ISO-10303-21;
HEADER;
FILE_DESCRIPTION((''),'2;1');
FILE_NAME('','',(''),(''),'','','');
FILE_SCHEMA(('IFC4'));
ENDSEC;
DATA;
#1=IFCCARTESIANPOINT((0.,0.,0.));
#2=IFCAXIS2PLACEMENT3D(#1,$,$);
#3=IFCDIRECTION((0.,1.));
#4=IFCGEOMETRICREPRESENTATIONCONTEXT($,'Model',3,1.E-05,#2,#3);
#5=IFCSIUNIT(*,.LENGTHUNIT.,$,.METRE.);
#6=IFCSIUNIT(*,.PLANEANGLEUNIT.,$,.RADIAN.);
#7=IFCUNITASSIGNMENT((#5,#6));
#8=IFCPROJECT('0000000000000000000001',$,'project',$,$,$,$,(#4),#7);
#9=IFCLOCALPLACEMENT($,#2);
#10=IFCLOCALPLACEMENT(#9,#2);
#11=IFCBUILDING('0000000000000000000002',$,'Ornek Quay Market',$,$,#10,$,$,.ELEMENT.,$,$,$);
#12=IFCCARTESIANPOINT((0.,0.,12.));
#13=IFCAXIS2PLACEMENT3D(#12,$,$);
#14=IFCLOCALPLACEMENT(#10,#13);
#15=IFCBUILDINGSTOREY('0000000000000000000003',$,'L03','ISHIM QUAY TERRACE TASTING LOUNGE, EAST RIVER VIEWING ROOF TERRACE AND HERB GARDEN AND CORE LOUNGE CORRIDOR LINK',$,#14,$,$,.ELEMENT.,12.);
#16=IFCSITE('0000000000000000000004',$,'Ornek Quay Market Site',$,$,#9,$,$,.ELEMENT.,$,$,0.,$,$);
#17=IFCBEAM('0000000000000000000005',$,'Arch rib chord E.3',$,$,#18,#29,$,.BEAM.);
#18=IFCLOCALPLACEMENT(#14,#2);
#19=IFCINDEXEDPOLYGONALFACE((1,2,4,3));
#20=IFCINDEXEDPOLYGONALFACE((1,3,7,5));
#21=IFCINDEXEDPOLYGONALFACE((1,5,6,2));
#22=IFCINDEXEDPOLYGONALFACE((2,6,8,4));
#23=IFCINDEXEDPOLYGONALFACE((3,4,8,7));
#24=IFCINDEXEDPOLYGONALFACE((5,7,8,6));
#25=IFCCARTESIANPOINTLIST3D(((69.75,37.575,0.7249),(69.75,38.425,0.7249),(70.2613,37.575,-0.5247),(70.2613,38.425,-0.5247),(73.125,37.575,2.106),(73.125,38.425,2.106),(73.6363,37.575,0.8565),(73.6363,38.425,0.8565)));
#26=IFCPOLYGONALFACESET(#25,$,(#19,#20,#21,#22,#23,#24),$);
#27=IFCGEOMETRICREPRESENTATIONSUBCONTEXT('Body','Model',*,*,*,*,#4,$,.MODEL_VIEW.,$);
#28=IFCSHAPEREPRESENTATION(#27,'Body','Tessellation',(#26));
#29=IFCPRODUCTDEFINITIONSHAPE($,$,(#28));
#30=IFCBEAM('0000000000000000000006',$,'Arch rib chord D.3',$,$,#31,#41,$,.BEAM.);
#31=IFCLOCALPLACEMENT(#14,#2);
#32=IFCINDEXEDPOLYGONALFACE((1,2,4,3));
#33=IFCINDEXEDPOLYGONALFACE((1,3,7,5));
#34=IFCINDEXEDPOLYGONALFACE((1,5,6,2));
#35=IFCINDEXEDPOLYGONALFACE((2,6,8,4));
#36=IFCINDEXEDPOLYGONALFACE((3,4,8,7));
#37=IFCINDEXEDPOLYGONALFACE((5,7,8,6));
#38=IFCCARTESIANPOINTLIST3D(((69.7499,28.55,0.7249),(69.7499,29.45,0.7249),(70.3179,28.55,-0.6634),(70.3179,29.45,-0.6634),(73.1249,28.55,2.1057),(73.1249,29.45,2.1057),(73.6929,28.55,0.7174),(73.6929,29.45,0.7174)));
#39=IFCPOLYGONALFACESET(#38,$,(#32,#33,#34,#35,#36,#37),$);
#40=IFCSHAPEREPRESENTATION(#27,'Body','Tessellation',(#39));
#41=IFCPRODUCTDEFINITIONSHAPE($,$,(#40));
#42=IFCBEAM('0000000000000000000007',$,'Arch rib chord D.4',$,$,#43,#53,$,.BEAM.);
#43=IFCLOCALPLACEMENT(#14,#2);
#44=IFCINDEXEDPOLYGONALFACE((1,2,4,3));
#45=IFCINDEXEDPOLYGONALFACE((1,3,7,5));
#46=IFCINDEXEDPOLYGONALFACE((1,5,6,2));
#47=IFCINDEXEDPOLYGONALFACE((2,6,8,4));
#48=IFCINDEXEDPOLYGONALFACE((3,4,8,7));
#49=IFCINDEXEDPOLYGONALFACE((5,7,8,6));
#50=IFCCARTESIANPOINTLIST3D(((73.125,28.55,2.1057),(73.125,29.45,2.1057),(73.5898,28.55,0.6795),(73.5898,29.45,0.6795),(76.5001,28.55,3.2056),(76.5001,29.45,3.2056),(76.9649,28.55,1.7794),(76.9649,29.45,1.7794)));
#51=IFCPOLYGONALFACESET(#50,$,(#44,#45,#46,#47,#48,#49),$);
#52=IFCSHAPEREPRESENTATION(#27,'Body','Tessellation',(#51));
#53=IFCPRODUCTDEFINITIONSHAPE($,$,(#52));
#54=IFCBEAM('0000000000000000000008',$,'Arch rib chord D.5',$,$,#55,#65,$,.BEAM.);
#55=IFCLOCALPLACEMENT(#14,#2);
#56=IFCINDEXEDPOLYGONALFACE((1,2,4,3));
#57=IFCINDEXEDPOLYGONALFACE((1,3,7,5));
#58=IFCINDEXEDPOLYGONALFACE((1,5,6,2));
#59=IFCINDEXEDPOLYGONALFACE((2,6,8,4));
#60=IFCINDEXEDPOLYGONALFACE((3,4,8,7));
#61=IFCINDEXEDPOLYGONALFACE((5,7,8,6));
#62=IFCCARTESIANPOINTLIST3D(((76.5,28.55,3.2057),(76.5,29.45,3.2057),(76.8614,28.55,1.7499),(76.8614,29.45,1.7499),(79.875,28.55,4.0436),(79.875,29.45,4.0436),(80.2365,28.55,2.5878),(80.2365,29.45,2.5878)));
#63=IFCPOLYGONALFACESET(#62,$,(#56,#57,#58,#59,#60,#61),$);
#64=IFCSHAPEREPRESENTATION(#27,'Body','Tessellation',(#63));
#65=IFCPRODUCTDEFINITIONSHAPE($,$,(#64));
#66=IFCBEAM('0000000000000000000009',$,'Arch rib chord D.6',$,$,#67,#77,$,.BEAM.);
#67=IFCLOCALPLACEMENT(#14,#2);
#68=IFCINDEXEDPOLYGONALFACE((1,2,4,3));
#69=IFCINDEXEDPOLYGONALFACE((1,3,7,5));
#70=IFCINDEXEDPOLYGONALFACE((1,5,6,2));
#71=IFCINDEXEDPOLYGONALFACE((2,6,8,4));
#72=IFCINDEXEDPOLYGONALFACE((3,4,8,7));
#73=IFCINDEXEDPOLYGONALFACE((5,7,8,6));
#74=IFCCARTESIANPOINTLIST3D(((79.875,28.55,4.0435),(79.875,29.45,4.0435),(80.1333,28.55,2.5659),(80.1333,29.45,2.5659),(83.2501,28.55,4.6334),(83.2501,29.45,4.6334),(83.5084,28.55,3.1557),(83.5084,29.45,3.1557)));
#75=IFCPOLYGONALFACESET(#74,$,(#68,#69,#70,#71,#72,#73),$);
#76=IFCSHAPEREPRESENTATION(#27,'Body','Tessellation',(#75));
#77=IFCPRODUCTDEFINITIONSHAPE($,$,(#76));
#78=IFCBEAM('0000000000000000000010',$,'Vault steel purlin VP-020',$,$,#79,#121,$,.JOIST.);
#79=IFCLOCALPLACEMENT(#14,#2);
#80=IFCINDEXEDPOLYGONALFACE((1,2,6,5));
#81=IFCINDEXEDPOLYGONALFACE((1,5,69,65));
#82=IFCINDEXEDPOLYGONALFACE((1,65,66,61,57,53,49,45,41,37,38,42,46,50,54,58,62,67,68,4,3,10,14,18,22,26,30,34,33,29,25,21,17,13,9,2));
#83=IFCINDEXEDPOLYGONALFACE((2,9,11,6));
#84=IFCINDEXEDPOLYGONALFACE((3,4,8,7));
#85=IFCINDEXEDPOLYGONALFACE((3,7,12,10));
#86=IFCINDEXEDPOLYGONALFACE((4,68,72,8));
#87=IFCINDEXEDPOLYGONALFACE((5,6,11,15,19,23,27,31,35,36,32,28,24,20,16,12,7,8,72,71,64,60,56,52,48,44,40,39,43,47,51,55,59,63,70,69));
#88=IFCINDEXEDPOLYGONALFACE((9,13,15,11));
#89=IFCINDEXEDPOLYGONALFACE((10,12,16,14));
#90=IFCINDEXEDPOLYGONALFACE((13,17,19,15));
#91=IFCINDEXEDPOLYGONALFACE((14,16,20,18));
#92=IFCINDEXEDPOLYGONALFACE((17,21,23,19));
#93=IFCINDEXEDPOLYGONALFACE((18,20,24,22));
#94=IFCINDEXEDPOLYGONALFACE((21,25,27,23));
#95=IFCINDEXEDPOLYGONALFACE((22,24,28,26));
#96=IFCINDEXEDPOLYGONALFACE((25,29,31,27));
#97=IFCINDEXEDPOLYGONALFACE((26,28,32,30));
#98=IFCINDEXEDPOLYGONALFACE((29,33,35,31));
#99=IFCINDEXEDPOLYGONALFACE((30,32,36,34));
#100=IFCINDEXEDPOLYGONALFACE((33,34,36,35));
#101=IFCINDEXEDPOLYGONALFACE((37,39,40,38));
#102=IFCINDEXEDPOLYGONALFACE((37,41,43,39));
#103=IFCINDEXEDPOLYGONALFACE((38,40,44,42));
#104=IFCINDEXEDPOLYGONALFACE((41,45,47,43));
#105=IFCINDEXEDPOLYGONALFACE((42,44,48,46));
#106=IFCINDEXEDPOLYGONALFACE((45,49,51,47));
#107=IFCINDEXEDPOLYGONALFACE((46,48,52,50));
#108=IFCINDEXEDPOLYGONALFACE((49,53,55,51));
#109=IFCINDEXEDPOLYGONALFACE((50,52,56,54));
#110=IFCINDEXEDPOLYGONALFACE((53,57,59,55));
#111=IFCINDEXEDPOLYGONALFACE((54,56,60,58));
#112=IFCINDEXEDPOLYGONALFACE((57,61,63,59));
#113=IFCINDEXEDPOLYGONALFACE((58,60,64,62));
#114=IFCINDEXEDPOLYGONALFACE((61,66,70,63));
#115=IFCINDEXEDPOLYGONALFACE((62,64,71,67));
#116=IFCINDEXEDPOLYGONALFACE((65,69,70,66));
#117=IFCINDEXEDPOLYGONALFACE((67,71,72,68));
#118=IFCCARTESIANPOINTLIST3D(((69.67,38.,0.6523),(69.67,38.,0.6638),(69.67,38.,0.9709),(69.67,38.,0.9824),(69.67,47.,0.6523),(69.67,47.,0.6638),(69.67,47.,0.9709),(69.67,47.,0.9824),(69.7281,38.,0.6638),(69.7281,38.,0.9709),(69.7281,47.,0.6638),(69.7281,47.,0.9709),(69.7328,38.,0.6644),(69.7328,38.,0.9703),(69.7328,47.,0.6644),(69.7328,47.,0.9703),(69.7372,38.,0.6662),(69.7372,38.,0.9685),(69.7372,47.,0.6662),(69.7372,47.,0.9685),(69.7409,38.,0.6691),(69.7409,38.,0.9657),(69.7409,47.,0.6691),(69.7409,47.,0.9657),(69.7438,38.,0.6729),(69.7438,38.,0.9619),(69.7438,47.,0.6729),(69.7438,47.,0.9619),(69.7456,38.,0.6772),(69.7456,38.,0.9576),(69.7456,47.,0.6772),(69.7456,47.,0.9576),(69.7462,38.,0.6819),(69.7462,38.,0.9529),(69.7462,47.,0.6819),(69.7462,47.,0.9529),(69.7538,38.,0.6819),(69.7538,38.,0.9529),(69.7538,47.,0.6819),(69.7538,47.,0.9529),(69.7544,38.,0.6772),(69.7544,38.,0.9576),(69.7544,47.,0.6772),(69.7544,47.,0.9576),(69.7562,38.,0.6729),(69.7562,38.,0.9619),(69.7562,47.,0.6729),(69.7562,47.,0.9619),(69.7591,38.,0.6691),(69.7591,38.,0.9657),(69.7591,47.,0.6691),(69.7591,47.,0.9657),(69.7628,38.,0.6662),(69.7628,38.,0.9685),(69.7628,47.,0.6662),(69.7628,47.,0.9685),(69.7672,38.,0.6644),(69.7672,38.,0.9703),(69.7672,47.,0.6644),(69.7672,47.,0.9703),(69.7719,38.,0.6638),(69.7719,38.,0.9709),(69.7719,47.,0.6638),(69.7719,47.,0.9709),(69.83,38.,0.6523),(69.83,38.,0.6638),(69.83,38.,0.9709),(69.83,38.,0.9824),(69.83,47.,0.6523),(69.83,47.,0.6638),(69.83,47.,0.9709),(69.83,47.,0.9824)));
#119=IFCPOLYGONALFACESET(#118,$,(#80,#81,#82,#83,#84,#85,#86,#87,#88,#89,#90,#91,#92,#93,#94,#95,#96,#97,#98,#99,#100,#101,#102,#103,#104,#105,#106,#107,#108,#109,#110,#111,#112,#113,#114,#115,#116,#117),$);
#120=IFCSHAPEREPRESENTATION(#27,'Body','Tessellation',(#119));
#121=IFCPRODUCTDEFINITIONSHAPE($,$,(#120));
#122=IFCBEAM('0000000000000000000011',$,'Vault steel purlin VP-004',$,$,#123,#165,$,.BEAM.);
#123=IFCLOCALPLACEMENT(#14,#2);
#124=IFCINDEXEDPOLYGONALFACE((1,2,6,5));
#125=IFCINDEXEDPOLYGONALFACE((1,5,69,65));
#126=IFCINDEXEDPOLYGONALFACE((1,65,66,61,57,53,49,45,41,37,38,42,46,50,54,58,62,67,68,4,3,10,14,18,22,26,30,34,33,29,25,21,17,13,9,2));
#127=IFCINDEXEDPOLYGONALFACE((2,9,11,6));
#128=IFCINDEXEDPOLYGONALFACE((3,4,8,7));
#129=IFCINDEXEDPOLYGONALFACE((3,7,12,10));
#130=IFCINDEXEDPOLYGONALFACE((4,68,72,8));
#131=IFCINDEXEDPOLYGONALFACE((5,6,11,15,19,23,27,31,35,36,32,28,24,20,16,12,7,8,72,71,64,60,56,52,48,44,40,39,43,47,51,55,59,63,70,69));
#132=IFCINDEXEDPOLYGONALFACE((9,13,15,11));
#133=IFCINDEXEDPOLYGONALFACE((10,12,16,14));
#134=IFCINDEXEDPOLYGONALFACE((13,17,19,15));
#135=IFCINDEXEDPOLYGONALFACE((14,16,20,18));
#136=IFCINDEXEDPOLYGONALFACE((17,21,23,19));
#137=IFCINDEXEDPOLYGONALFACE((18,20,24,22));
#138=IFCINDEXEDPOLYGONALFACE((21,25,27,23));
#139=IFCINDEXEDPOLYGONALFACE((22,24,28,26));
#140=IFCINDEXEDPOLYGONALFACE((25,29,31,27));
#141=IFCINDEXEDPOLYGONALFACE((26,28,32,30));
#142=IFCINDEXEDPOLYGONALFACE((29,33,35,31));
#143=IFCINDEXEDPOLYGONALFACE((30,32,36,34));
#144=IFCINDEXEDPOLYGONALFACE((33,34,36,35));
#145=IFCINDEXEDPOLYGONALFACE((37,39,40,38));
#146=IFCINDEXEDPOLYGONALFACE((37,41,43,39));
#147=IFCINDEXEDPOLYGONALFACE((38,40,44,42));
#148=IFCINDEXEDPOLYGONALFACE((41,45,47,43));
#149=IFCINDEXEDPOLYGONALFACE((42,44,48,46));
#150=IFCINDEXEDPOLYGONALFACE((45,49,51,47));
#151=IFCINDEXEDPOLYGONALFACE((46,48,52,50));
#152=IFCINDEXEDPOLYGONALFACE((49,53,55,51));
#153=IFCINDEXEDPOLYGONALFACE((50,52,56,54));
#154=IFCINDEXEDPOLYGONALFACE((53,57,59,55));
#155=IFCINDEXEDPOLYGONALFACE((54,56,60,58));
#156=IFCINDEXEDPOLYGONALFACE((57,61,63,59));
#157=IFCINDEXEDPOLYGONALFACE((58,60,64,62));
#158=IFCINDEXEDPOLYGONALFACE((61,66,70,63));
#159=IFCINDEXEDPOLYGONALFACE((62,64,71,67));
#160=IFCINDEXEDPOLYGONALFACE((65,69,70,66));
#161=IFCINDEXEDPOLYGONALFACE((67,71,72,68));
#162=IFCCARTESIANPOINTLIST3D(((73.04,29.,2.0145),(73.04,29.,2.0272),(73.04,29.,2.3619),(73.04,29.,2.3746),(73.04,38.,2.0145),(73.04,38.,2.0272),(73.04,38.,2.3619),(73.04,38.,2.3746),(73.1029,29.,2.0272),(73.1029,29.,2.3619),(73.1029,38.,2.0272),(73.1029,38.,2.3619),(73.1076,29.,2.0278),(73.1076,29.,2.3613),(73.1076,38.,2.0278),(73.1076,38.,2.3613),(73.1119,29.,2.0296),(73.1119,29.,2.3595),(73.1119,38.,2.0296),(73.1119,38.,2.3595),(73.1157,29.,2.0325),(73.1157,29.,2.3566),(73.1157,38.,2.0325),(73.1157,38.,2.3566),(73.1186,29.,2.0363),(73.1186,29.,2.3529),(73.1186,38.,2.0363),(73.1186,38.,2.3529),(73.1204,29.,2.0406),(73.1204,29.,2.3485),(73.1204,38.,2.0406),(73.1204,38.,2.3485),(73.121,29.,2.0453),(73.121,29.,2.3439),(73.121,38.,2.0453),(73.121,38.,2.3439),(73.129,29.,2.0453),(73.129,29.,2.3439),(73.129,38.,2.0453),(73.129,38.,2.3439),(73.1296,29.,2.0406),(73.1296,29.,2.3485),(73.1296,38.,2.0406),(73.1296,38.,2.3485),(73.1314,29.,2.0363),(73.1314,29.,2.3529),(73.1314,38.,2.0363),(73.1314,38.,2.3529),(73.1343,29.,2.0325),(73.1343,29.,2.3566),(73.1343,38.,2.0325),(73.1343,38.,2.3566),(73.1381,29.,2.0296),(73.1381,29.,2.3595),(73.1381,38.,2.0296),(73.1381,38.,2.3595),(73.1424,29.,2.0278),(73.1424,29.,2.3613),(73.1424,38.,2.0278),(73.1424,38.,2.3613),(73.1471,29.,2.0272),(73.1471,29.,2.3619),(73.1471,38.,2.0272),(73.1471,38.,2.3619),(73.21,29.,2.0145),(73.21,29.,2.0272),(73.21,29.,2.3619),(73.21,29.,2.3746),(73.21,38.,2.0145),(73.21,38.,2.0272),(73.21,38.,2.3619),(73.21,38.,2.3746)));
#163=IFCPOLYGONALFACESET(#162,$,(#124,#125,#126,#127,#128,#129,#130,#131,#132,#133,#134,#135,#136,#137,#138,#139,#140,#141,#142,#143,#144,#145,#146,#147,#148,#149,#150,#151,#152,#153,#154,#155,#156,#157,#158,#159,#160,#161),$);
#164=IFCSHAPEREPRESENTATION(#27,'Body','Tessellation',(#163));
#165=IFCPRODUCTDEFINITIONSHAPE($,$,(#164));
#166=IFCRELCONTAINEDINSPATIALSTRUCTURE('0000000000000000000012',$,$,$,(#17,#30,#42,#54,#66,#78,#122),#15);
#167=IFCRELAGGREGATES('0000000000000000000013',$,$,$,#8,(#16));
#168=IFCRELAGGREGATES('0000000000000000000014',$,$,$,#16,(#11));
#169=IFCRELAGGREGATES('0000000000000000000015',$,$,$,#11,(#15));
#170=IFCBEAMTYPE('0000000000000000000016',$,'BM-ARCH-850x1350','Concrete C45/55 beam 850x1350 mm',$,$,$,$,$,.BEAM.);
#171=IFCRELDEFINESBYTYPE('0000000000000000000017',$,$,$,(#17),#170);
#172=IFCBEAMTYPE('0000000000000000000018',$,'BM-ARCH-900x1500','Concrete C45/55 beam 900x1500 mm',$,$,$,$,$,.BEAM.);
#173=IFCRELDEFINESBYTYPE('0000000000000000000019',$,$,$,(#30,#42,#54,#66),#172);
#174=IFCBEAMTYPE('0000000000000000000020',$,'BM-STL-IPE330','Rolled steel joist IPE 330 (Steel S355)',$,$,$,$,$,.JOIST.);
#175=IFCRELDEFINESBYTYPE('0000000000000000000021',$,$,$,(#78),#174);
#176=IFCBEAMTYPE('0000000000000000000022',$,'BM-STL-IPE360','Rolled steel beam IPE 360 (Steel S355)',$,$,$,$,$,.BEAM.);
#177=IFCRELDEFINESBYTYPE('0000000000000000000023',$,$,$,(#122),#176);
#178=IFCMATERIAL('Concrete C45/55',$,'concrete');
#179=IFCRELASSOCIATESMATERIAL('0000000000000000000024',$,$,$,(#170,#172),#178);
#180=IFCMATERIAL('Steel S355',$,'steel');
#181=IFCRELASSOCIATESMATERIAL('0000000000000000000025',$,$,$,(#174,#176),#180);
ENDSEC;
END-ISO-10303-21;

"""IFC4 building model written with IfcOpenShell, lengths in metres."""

from ifc_helpers import new_model, si_unit, direction, frame, origin, origin_2d, place, context, subcontext, project, spatial, rectangle, i_section, extrude, material, material_profile, profile_set, type_object, element, save


model = new_model("IFC4")

# Units and contexts
model_context = context("Model", 3, precision=1e-05, world=origin(), true_north=direction((0.0, 1.0)))
body_context = subcontext(model_context, "Body", "Model", "MODEL_VIEW")
ifc_project = project(units=[si_unit("LENGTHUNIT", "METRE"), si_unit("PLANEANGLEUNIT", "RADIAN")], contexts=[model_context])

# Site, building, storey
site_placement = place(None, origin())
site = spatial("IfcSite", under=ifc_project, at=site_placement, Name="Ornek Quay Market Site", CompositionType="ELEMENT", RefElevation=0.0)
building_placement = place(site_placement, origin())
building = spatial("IfcBuilding", under=site, at=building_placement, Name="Ornek Quay Market", CompositionType="ELEMENT")
storey_placement = place(building_placement, frame((0.0, 0.0, 12.0)))
storey = spatial("IfcBuildingStorey", under=building, at=storey_placement, Name="L03", Description="ISHIM QUAY TERRACE TASTING LOUNGE, EAST RIVER VIEWING ROOF TERRACE AND HERB GARDEN AND CORE LOUNGE CORRIDOR LINK", CompositionType="ELEMENT", Elevation=12.0)

# Beams
ifc_material_1 = material(Name="Concrete C45/55", Category="concrete")
ifc_material_profile_1 = material_profile(ifc_material_1, rectangle(XDim=0.8501, YDim=1.3501, at=origin_2d()), Name="RC 850x1350", Category="concrete")
ifc_profile_set_1 = profile_set([ifc_material_profile_1], Name="Concrete C45/55")
beam_type_1 = type_object("IfcBeamType", Name="BM-ARCH-850x1350", Description="Concrete C45/55 beam 850x1350 mm", PredefinedType="BEAM", material=ifc_profile_set_1)
beam_1_placement = place(storey_placement, frame((70.0056, 38.0, 0.1001), z_axis=(0.925506, 0.0, 0.378732), x_axis=(0.0, 1.0, 0.0)))
element("IfcBeam", 1, at=beam_1_placement, inside=storey, type_object=beam_type_1, Name="Arch rib chord E.3", PredefinedType="BEAM", context=body_context, shape_type="SweptSolid", body=[
    extrude(rectangle(XDim=0.8501, YDim=1.3501, at=origin_2d()), origin(), (0.0, 0.0, 1.0), 3.6467),
])
ifc_material_profile_2 = material_profile(ifc_material_1, rectangle(XDim=0.8999, YDim=1.5, at=origin_2d()), Name="RC 900x1500", Category="concrete")
ifc_profile_set_2 = profile_set([ifc_material_profile_2], Name="Concrete C45/55")
beam_type_2 = type_object("IfcBeamType", Name="BM-ARCH-900x1500", Description="Concrete C45/55 beam 900x1500 mm", PredefinedType="BEAM", material=ifc_profile_set_2)
beam_2_placement = place(storey_placement, frame((70.0339, 29.0, 0.0308), z_axis=(0.92553, 0.0, 0.378675), x_axis=(0.0, 1.0, 0.0)))
element("IfcBeam", 2, at=beam_2_placement, inside=storey, type_object=beam_type_2, Name="Arch rib chord D.3", PredefinedType="BEAM", context=body_context, shape_type="SweptSolid", body=[
    extrude(rectangle(XDim=0.8999, YDim=1.5, at=origin_2d()), origin(), (0.0, 0.0, 1.0), 3.6465),
])
beam_3_placement = place(storey_placement, frame((73.3574, 29.0, 1.3926), z_axis=(0.950787, 0.0, 0.309845), x_axis=(0.0, 1.0, 0.0)))
element("IfcBeam", 3, at=beam_3_placement, inside=storey, type_object=beam_type_2, Name="Arch rib chord D.4", PredefinedType="BEAM", context=body_context, shape_type="SweptSolid", body=[
    extrude(rectangle(XDim=0.8999, YDim=1.5, at=origin_2d()), origin(), (0.0, 0.0, 1.0), 3.5498),
])
beam_4_placement = place(storey_placement, frame((76.6807, 29.0, 2.4778), z_axis=(0.970538, 0.0, 0.240949), x_axis=(0.0, 1.0, 0.0)))
element("IfcBeam", 4, at=beam_4_placement, inside=storey, type_object=beam_type_2, Name="Arch rib chord D.5", PredefinedType="BEAM", context=body_context, shape_type="SweptSolid", body=[
    extrude(rectangle(XDim=0.8999, YDim=1.5, at=origin_2d()), origin(), (0.0, 0.0, 1.0), 3.4775),
])
beam_5_placement = place(storey_placement, frame((80.0042, 29.0, 3.3047), z_axis=(0.985069, 0.0, 0.172159), x_axis=(0.0, 1.0, 0.0)))
element("IfcBeam", 5, at=beam_5_placement, inside=storey, type_object=beam_type_2, Name="Arch rib chord D.6", PredefinedType="BEAM", context=body_context, shape_type="SweptSolid", body=[
    extrude(rectangle(XDim=0.8999, YDim=1.5, at=origin_2d()), origin(), (0.0, 0.0, 1.0), 3.4263),
])
ifc_material_2 = material(Name="Steel S355", Category="steel")
ifc_material_profile_3 = material_profile(ifc_material_2, i_section(OverallWidth=0.1599, OverallDepth=0.3301, WebThickness=0.0076, FlangeThickness=0.0115, FilletRadius=0.0181, at=origin_2d()), Name="IPE 330", Category="steel")
ifc_profile_set_3 = profile_set([ifc_material_profile_3], Name="Steel S355")
beam_type_3 = type_object("IfcBeamType", Name="BM-STL-IPE330", Description="Rolled steel joist IPE 330 (Steel S355)", PredefinedType="JOIST", material=ifc_profile_set_3)
beam_6_placement = place(storey_placement, frame((69.75, 38.0, 0.8174), z_axis=(0.0, 1.0, 0.0), x_axis=(-1.0, 0.0, 0.0)))
element("IfcBeam", 6, at=beam_6_placement, inside=storey, type_object=beam_type_3, Name="Vault steel purlin VP-020", PredefinedType="JOIST", context=body_context, shape_type="SweptSolid", body=[
    extrude(i_section(OverallWidth=0.1599, OverallDepth=0.3301, WebThickness=0.0076, FlangeThickness=0.0115, FilletRadius=0.0181, at=origin_2d()), origin(), (0.0, 0.0, 1.0), 9.0),
])
ifc_material_profile_4 = material_profile(ifc_material_2, i_section(OverallWidth=0.1699, OverallDepth=0.3601, WebThickness=0.0081, FlangeThickness=0.0127, FilletRadius=0.0181, at=origin_2d()), Name="IPE 360", Category="steel")
ifc_profile_set_4 = profile_set([ifc_material_profile_4], Name="Steel S355")
beam_type_4 = type_object("IfcBeamType", Name="BM-STL-IPE360", Description="Rolled steel beam IPE 360 (Steel S355)", PredefinedType="BEAM", material=ifc_profile_set_4)
beam_7_placement = place(storey_placement, frame((73.125, 29.0, 2.1946), z_axis=(0.0, 1.0, 0.0), x_axis=(-1.0, 0.0, 0.0)))
element("IfcBeam", 7, at=beam_7_placement, inside=storey, type_object=beam_type_4, Name="Vault steel purlin VP-004", PredefinedType="BEAM", context=body_context, shape_type="SweptSolid", body=[
    extrude(i_section(OverallWidth=0.1699, OverallDepth=0.3601, WebThickness=0.0081, FlangeThickness=0.0127, FilletRadius=0.0181, at=origin_2d()), origin(), (0.0, 0.0, 1.0), 9.0),
])

save(model, "model.ifc")
